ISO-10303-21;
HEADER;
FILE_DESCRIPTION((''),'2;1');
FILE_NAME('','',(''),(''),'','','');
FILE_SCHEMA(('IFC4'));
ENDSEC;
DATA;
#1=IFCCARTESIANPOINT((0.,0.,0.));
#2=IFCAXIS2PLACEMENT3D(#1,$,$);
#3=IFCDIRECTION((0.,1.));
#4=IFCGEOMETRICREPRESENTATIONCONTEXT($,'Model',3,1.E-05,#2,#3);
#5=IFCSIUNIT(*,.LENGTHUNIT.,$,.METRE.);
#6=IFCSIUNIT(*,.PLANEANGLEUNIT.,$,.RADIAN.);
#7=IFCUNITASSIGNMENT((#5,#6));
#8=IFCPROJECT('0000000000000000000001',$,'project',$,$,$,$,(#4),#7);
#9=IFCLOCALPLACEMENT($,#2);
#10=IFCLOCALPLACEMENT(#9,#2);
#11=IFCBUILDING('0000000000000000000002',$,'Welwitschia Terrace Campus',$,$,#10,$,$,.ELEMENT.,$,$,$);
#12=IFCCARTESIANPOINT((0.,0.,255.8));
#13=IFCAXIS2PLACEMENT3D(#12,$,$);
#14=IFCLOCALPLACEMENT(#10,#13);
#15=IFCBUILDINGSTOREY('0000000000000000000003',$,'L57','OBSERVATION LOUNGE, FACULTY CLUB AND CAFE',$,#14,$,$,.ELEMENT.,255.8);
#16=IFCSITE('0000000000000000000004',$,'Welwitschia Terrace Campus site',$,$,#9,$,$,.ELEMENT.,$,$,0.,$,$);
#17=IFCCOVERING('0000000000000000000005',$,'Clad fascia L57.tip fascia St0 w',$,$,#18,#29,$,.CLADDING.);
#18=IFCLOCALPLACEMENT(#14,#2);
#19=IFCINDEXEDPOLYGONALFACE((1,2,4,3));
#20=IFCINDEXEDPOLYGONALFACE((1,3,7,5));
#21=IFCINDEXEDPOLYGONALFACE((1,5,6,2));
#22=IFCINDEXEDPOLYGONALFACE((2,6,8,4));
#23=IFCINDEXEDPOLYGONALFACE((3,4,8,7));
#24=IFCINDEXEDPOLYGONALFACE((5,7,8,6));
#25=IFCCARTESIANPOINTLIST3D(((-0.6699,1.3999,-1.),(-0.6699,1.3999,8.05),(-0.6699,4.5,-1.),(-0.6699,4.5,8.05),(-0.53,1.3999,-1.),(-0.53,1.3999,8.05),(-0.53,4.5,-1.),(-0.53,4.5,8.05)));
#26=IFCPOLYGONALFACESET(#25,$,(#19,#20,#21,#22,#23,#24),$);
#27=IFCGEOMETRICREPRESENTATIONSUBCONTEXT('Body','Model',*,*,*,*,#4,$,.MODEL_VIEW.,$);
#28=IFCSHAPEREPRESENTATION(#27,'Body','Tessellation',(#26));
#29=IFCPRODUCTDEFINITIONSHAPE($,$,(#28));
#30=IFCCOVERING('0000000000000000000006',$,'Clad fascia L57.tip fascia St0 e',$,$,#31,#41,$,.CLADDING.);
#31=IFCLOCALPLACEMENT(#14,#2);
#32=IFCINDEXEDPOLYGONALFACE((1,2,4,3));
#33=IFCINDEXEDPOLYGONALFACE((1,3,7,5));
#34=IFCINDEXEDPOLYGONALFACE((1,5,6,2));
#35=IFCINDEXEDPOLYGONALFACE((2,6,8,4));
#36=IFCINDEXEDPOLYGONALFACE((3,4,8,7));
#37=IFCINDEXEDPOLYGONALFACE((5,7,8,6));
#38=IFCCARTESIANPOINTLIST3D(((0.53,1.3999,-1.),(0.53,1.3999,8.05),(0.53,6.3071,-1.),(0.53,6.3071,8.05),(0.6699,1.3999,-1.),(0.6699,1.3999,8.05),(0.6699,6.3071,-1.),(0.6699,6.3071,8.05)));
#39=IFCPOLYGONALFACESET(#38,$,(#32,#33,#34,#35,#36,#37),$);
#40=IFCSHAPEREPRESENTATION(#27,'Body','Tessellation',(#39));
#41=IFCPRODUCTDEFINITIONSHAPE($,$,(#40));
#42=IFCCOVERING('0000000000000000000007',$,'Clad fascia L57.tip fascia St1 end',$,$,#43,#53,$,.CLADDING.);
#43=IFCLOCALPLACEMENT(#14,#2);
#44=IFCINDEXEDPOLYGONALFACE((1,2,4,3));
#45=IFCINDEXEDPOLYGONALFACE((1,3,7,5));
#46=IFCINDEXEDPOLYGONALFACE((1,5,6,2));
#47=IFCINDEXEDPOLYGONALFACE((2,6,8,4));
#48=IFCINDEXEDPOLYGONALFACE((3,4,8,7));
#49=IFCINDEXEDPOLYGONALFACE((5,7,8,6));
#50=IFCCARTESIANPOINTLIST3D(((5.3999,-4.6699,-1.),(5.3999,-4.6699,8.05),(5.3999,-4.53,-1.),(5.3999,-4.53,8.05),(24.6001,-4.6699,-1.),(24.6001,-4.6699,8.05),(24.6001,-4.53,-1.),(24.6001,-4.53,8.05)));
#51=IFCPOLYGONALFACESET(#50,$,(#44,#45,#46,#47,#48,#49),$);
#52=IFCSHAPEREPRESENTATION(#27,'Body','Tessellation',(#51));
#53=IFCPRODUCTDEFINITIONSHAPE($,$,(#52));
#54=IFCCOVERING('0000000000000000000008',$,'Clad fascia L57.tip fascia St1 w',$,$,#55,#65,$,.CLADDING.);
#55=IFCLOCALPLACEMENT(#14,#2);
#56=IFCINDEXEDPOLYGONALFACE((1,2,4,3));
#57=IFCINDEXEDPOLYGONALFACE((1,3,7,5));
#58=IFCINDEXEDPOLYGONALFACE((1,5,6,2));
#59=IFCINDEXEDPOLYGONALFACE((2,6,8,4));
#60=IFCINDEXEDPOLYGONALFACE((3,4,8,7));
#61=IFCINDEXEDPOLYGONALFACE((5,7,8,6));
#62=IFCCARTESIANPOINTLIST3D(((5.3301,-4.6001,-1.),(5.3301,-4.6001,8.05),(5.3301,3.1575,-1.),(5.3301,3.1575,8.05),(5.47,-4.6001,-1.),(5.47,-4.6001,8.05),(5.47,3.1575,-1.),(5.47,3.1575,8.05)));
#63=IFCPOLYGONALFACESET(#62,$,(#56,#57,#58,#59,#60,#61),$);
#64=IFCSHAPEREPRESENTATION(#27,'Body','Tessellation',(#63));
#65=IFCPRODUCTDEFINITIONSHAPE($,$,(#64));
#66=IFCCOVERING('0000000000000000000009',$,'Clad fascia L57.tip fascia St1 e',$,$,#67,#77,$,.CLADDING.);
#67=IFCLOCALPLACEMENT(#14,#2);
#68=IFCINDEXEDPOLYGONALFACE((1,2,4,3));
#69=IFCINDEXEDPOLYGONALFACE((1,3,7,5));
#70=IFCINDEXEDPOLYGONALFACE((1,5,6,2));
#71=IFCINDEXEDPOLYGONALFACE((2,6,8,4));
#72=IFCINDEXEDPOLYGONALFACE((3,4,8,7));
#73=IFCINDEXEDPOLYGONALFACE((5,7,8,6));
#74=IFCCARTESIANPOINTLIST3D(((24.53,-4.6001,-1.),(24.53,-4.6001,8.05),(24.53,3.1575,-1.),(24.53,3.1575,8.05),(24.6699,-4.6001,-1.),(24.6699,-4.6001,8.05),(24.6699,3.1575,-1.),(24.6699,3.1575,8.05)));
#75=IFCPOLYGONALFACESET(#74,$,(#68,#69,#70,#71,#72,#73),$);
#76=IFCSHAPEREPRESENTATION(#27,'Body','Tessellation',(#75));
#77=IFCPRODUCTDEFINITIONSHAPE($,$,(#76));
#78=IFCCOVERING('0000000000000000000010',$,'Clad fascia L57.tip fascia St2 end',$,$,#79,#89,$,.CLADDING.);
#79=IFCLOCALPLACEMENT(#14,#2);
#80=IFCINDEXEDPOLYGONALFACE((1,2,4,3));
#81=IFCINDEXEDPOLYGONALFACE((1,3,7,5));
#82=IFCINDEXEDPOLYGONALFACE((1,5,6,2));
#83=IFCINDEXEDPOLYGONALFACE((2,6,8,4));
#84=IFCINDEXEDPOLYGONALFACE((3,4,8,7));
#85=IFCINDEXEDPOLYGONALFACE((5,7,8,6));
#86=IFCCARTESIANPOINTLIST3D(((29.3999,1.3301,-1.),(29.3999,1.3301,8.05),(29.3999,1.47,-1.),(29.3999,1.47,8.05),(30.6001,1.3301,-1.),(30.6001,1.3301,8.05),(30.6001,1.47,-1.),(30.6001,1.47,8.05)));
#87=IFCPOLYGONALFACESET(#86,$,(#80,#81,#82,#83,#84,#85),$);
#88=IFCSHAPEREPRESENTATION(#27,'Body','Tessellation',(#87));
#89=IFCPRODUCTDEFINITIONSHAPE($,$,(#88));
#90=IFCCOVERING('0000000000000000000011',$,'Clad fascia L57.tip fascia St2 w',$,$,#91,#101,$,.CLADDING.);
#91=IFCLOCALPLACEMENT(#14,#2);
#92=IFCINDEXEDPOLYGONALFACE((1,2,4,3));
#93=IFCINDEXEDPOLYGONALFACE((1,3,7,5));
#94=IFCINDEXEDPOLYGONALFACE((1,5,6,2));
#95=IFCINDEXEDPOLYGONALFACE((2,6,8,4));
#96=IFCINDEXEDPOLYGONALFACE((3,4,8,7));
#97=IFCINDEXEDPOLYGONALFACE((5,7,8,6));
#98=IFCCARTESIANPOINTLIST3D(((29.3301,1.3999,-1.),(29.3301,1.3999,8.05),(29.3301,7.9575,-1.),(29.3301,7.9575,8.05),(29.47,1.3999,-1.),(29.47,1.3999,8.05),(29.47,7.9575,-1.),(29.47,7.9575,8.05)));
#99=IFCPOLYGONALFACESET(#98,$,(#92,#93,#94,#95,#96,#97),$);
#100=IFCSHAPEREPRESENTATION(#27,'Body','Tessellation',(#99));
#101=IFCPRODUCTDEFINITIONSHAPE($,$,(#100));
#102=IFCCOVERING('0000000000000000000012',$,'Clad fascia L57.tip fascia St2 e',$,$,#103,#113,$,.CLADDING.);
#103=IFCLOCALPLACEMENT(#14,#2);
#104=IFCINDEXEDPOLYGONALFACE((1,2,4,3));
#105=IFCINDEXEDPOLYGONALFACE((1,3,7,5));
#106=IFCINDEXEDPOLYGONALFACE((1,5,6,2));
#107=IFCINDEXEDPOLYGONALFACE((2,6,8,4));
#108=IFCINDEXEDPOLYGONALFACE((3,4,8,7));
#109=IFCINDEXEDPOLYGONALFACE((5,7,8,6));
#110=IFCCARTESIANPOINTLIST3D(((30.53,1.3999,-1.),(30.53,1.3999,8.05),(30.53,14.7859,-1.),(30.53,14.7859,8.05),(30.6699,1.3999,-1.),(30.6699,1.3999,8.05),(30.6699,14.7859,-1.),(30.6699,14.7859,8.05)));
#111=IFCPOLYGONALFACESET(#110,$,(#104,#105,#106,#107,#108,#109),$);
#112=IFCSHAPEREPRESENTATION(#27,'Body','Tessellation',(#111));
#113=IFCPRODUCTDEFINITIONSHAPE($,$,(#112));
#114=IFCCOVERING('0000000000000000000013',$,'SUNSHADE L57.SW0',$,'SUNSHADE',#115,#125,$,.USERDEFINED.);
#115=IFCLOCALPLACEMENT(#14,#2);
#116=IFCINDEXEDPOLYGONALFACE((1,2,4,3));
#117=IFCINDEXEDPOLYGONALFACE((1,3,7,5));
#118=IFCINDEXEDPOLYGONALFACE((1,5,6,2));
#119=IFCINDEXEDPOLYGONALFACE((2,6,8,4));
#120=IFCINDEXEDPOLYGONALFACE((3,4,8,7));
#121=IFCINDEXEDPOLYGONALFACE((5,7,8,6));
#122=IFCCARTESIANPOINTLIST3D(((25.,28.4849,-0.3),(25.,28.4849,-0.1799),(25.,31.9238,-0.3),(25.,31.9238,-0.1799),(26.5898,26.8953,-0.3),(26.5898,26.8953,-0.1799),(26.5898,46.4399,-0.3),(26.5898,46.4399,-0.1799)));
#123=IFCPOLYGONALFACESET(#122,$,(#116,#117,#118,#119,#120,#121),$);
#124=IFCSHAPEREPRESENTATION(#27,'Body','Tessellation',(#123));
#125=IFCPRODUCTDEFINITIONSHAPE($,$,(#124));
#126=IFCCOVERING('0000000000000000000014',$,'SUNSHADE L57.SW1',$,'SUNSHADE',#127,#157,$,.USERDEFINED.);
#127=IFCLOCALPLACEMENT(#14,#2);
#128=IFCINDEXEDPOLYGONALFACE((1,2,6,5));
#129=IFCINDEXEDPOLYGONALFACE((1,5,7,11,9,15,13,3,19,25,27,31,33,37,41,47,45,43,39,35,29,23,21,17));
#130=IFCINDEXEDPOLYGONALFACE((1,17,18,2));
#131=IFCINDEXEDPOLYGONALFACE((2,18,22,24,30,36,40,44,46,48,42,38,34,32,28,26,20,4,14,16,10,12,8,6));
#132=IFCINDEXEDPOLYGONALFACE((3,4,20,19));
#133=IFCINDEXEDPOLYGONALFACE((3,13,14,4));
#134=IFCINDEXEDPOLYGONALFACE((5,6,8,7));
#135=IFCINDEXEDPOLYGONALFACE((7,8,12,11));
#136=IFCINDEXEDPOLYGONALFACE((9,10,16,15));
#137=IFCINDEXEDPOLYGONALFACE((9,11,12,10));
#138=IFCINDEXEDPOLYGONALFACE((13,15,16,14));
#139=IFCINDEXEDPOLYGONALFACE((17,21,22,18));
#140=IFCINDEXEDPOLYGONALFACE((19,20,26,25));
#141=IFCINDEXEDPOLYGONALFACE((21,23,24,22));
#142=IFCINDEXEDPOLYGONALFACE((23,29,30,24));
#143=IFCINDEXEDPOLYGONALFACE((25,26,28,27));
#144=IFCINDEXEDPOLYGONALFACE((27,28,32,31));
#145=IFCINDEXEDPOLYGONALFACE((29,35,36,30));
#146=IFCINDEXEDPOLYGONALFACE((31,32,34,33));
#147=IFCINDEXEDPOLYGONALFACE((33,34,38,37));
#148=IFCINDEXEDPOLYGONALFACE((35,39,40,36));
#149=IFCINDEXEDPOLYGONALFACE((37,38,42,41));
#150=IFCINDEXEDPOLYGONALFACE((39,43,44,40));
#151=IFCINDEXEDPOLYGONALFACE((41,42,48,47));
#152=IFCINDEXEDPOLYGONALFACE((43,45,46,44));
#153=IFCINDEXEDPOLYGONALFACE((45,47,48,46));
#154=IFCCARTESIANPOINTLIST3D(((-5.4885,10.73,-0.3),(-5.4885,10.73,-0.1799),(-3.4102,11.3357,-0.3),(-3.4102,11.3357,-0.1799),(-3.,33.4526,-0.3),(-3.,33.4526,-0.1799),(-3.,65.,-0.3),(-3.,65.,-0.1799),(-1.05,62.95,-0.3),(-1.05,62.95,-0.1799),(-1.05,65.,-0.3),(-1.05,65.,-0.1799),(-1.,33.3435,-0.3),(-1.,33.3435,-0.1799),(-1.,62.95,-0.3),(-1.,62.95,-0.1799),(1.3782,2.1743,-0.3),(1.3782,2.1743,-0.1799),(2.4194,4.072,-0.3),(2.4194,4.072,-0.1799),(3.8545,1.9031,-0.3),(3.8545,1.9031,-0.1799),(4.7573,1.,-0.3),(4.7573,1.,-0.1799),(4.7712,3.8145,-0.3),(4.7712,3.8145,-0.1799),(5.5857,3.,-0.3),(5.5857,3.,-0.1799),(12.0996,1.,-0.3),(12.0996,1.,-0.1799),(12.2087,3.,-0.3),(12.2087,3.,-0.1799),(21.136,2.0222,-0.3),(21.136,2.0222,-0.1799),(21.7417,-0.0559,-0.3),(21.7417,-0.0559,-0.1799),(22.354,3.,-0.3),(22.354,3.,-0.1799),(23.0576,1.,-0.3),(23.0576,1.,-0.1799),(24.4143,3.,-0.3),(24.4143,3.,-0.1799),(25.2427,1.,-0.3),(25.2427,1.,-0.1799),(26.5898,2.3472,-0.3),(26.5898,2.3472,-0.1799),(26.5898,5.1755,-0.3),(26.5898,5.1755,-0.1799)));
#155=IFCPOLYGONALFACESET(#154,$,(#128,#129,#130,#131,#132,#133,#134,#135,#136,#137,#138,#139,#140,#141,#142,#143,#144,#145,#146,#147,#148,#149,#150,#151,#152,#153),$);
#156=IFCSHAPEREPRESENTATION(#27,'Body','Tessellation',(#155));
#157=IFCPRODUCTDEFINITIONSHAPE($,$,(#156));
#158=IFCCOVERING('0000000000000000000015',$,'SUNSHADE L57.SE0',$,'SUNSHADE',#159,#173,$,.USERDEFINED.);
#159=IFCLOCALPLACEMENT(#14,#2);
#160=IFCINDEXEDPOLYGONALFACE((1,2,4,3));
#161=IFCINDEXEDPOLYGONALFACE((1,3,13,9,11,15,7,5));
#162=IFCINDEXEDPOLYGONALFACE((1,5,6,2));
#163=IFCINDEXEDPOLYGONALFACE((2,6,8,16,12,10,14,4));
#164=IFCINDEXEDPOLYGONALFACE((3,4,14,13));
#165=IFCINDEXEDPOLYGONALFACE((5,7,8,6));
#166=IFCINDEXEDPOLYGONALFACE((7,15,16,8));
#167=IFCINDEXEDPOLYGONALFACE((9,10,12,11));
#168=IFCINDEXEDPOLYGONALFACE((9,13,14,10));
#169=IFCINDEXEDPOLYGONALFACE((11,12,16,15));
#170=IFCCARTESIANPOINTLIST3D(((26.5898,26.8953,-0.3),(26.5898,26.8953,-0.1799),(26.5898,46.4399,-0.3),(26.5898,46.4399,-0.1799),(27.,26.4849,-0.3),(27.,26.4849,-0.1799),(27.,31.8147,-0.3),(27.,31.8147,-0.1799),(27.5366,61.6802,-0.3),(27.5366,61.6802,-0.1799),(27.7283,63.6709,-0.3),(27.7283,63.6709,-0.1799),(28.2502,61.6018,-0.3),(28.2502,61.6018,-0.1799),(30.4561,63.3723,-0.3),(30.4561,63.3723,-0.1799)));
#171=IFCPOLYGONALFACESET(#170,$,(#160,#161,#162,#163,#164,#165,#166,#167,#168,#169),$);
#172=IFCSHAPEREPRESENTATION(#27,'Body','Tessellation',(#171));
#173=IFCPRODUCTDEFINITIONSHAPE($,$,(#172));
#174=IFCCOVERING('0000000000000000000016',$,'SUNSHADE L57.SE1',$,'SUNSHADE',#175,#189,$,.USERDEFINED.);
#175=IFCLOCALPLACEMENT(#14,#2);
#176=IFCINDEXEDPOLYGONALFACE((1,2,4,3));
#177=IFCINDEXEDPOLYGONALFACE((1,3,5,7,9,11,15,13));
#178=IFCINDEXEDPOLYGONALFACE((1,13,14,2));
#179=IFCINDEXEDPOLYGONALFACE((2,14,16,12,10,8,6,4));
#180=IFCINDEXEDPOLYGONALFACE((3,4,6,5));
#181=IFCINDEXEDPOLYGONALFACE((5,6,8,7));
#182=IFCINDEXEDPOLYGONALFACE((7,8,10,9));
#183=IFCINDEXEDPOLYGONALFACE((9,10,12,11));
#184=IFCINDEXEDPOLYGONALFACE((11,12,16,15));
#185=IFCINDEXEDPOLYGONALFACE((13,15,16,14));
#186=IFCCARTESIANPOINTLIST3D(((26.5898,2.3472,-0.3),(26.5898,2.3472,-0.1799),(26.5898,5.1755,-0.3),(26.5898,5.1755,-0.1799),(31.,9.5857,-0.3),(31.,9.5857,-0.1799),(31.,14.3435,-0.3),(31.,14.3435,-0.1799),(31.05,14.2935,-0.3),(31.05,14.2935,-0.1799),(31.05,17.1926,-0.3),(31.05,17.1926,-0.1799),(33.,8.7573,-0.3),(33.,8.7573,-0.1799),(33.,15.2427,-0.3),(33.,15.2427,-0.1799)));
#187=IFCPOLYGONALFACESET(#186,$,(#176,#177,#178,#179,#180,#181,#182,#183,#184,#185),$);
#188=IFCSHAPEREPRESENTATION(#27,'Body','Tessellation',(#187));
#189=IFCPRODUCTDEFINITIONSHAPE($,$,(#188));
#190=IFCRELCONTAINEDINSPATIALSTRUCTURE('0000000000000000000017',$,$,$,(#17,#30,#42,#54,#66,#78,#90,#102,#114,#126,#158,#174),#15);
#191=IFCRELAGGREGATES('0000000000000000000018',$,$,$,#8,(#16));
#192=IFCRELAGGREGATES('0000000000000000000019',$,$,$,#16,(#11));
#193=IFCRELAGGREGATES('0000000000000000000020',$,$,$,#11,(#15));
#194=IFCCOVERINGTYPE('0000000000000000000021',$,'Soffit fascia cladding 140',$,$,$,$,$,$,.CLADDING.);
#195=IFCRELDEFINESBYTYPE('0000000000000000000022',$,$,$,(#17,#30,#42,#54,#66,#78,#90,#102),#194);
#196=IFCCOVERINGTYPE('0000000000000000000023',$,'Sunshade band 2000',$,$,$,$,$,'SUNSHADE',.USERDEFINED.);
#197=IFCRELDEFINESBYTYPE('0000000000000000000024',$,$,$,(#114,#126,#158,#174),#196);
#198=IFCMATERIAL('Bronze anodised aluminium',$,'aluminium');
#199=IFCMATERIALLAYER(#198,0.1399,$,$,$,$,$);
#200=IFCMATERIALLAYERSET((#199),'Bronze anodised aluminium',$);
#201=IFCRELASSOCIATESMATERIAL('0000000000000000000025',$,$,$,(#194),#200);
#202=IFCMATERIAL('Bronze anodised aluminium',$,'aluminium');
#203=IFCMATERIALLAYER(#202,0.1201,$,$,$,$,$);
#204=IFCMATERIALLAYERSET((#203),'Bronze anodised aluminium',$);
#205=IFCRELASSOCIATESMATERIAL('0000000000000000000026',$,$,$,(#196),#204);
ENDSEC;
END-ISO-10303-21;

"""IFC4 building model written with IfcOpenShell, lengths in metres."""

from ifc_helpers import new_model, si_unit, direction, frame, origin, place, context, subcontext, project, spatial, polyline, outline, extrude, material, layer, layer_set, type_object, element, save


model = new_model("IFC4")

# Units and contexts
model_context = context("Model", 3, precision=1e-05, world=origin(), true_north=direction((0.0, 1.0)))
body_context = subcontext(model_context, "Body", "Model", "MODEL_VIEW")
ifc_project = project(units=[si_unit("LENGTHUNIT", "METRE"), si_unit("PLANEANGLEUNIT", "RADIAN")], contexts=[model_context])

# Site, building, storey
site_placement = place(None, origin())
site = spatial("IfcSite", under=ifc_project, at=site_placement, Name="Welwitschia Terrace Campus site", CompositionType="ELEMENT", RefElevation=0.0)
building_placement = place(site_placement, origin())
building = spatial("IfcBuilding", under=site, at=building_placement, Name="Welwitschia Terrace Campus", CompositionType="ELEMENT")
storey_placement = place(building_placement, frame((0.0, 0.0, 255.8)))
storey = spatial("IfcBuildingStorey", under=building, at=storey_placement, Name="L57", Description="OBSERVATION LOUNGE, FACULTY CLUB AND CAFE", CompositionType="ELEMENT", Elevation=255.8)

# Coverings
ifc_material_1 = material(Name="Bronze anodised aluminium", Category="aluminium")
ifc_layer_1 = layer(ifc_material_1, 0.1399)
ifc_layer_set_1 = layer_set([ifc_layer_1], Name="Bronze anodised aluminium")
covering_type_1 = type_object("IfcCoveringType", Name="Soffit fascia cladding 140", PredefinedType="CLADDING", material=ifc_layer_set_1)
covering_1_placement = place(storey_placement, frame((0.0, 0.0, -1.0)))
element("IfcCovering", 1, at=covering_1_placement, inside=storey, type_object=covering_type_1, Name="Clad fascia L57.tip fascia St0 w", PredefinedType="CLADDING", context=body_context, shape_type="SweptSolid", body=[
    extrude(outline(polyline([(-0.53, 1.3999), (-0.53, 4.5), (-0.6699, 4.5), (-0.6699, 1.3999), (-0.53, 1.3999)])), origin(), (0.0, 0.0, 1.0), 9.05),
])
covering_2_placement = place(storey_placement, frame((0.0, 0.0, -1.0)))
element("IfcCovering", 2, at=covering_2_placement, inside=storey, type_object=covering_type_1, Name="Clad fascia L57.tip fascia St0 e", PredefinedType="CLADDING", context=body_context, shape_type="SweptSolid", body=[
    extrude(outline(polyline([(0.6699, 1.3999), (0.6699, 6.3071), (0.53, 6.3071), (0.53, 1.3999), (0.6699, 1.3999)])), origin(), (0.0, 0.0, 1.0), 9.05),
])
covering_3_placement = place(storey_placement, frame((0.0, 0.0, -1.0)))
element("IfcCovering", 3, at=covering_3_placement, inside=storey, type_object=covering_type_1, Name="Clad fascia L57.tip fascia St1 end", PredefinedType="CLADDING", context=body_context, shape_type="SweptSolid", body=[
    extrude(outline(polyline([(24.6001, -4.53), (5.3999, -4.53), (5.3999, -4.6699), (24.6001, -4.6699), (24.6001, -4.53)])), origin(), (0.0, 0.0, 1.0), 9.05),
])
covering_4_placement = place(storey_placement, frame((0.0, 0.0, -1.0)))
element("IfcCovering", 4, at=covering_4_placement, inside=storey, type_object=covering_type_1, Name="Clad fascia L57.tip fascia St1 w", PredefinedType="CLADDING", context=body_context, shape_type="SweptSolid", body=[
    extrude(outline(polyline([(5.47, -4.6001), (5.47, 3.1575), (5.3301, 3.1575), (5.3301, -4.6001), (5.47, -4.6001)])), origin(), (0.0, 0.0, 1.0), 9.05),
])
covering_5_placement = place(storey_placement, frame((0.0, 0.0, -1.0)))
element("IfcCovering", 5, at=covering_5_placement, inside=storey, type_object=covering_type_1, Name="Clad fascia L57.tip fascia St1 e", PredefinedType="CLADDING", context=body_context, shape_type="SweptSolid", body=[
    extrude(outline(polyline([(24.6699, -4.6001), (24.6699, 3.1575), (24.53, 3.1575), (24.53, -4.6001), (24.6699, -4.6001)])), origin(), (0.0, 0.0, 1.0), 9.05),
])
covering_6_placement = place(storey_placement, frame((0.0, 0.0, -1.0)))
element("IfcCovering", 6, at=covering_6_placement, inside=storey, type_object=covering_type_1, Name="Clad fascia L57.tip fascia St2 end", PredefinedType="CLADDING", context=body_context, shape_type="SweptSolid", body=[
    extrude(outline(polyline([(30.6001, 1.47), (29.3999, 1.47), (29.3999, 1.3301), (30.6001, 1.3301), (30.6001, 1.47)])), origin(), (0.0, 0.0, 1.0), 9.05),
])
covering_7_placement = place(storey_placement, frame((0.0, 0.0, -1.0)))
element("IfcCovering", 7, at=covering_7_placement, inside=storey, type_object=covering_type_1, Name="Clad fascia L57.tip fascia St2 w", PredefinedType="CLADDING", context=body_context, shape_type="SweptSolid", body=[
    extrude(outline(polyline([(29.47, 1.3999), (29.47, 7.9575), (29.3301, 7.9575), (29.3301, 1.3999), (29.47, 1.3999)])), origin(), (0.0, 0.0, 1.0), 9.05),
])
covering_8_placement = place(storey_placement, frame((0.0, 0.0, -1.0)))
element("IfcCovering", 8, at=covering_8_placement, inside=storey, type_object=covering_type_1, Name="Clad fascia L57.tip fascia St2 e", PredefinedType="CLADDING", context=body_context, shape_type="SweptSolid", body=[
    extrude(outline(polyline([(30.6699, 1.3999), (30.6699, 14.7859), (30.53, 14.7859), (30.53, 1.3999), (30.6699, 1.3999)])), origin(), (0.0, 0.0, 1.0), 9.05),
])
ifc_material_2 = material(Name="Bronze anodised aluminium", Category="aluminium")
ifc_layer_2 = layer(ifc_material_2, 0.1201)
ifc_layer_set_2 = layer_set([ifc_layer_2], Name="Bronze anodised aluminium")
covering_type_2 = type_object("IfcCoveringType", Name="Sunshade band 2000", ElementType="SUNSHADE", PredefinedType="USERDEFINED", material=ifc_layer_set_2)
covering_9_placement = place(storey_placement, frame((0.0, 0.0, -0.3)))
element("IfcCovering", 9, at=covering_9_placement, inside=storey, type_object=covering_type_2, Name="SUNSHADE L57.SW0", ObjectType="SUNSHADE", PredefinedType="USERDEFINED", context=body_context, shape_type="SweptSolid", body=[
    extrude(outline(polyline([(25.0, 28.4849), (25.0, 31.9238), (26.5898, 46.4399), (26.5898, 26.8953), (25.0, 28.4849)])), origin(), (0.0, 0.0, 1.0), 0.1201),
])
covering_10_placement = place(storey_placement, frame((0.0, 0.0, -0.3)))
element("IfcCovering", 10, at=covering_10_placement, inside=storey, type_object=covering_type_2, Name="SUNSHADE L57.SW1", ObjectType="SUNSHADE", PredefinedType="USERDEFINED", context=body_context, shape_type="SweptSolid", body=[
    extrude(outline(polyline([(25.2427, 1.0), (23.0576, 1.0), (21.7417, -0.0559), (12.0996, 1.0), (4.7573, 1.0), (3.8545, 1.9031), (1.3782, 2.1743), (-5.4885, 10.73), (-3.0, 33.4526), (-3.0, 65.0), (-1.05, 65.0), (-1.05, 62.95), (-1.0, 62.95), (-1.0, 33.3435), (-3.4102, 11.3357), (2.4194, 4.072), (4.7712, 3.8145), (5.5857, 3.0), (12.2087, 3.0), (21.136, 2.0222), (22.354, 3.0), (24.4143, 3.0), (26.5898, 5.1755), (26.5898, 2.3472), (25.2427, 1.0)])), origin(), (0.0, 0.0, 1.0), 0.1201),
])
covering_11_placement = place(storey_placement, frame((0.0, 0.0, -0.3)))
element("IfcCovering", 11, at=covering_11_placement, inside=storey, type_object=covering_type_2, Name="SUNSHADE L57.SE0", ObjectType="SUNSHADE", PredefinedType="USERDEFINED", context=body_context, shape_type="SweptSolid", body=[
    extrude(outline(polyline([(27.0, 31.8147), (27.0, 26.4849), (26.5898, 26.8953), (26.5898, 46.4399), (28.2502, 61.6018), (27.5366, 61.6802), (27.7283, 63.6709), (30.4561, 63.3723), (27.0, 31.8147)])), origin(), (0.0, 0.0, 1.0), 0.1201),
])
covering_12_placement = place(storey_placement, frame((0.0, 0.0, -0.3)))
element("IfcCovering", 12, at=covering_12_placement, inside=storey, type_object=covering_type_2, Name="SUNSHADE L57.SE1", ObjectType="SUNSHADE", PredefinedType="USERDEFINED", context=body_context, shape_type="SweptSolid", body=[
    extrude(outline(polyline([(33.0, 8.7573), (26.5898, 2.3472), (26.5898, 5.1755), (31.0, 9.5857), (31.0, 14.3435), (31.05, 14.2935), (31.05, 17.1926), (33.0, 15.2427), (33.0, 8.7573)])), origin(), (0.0, 0.0, 1.0), 0.1201),
])

save(model, "model.ifc")
